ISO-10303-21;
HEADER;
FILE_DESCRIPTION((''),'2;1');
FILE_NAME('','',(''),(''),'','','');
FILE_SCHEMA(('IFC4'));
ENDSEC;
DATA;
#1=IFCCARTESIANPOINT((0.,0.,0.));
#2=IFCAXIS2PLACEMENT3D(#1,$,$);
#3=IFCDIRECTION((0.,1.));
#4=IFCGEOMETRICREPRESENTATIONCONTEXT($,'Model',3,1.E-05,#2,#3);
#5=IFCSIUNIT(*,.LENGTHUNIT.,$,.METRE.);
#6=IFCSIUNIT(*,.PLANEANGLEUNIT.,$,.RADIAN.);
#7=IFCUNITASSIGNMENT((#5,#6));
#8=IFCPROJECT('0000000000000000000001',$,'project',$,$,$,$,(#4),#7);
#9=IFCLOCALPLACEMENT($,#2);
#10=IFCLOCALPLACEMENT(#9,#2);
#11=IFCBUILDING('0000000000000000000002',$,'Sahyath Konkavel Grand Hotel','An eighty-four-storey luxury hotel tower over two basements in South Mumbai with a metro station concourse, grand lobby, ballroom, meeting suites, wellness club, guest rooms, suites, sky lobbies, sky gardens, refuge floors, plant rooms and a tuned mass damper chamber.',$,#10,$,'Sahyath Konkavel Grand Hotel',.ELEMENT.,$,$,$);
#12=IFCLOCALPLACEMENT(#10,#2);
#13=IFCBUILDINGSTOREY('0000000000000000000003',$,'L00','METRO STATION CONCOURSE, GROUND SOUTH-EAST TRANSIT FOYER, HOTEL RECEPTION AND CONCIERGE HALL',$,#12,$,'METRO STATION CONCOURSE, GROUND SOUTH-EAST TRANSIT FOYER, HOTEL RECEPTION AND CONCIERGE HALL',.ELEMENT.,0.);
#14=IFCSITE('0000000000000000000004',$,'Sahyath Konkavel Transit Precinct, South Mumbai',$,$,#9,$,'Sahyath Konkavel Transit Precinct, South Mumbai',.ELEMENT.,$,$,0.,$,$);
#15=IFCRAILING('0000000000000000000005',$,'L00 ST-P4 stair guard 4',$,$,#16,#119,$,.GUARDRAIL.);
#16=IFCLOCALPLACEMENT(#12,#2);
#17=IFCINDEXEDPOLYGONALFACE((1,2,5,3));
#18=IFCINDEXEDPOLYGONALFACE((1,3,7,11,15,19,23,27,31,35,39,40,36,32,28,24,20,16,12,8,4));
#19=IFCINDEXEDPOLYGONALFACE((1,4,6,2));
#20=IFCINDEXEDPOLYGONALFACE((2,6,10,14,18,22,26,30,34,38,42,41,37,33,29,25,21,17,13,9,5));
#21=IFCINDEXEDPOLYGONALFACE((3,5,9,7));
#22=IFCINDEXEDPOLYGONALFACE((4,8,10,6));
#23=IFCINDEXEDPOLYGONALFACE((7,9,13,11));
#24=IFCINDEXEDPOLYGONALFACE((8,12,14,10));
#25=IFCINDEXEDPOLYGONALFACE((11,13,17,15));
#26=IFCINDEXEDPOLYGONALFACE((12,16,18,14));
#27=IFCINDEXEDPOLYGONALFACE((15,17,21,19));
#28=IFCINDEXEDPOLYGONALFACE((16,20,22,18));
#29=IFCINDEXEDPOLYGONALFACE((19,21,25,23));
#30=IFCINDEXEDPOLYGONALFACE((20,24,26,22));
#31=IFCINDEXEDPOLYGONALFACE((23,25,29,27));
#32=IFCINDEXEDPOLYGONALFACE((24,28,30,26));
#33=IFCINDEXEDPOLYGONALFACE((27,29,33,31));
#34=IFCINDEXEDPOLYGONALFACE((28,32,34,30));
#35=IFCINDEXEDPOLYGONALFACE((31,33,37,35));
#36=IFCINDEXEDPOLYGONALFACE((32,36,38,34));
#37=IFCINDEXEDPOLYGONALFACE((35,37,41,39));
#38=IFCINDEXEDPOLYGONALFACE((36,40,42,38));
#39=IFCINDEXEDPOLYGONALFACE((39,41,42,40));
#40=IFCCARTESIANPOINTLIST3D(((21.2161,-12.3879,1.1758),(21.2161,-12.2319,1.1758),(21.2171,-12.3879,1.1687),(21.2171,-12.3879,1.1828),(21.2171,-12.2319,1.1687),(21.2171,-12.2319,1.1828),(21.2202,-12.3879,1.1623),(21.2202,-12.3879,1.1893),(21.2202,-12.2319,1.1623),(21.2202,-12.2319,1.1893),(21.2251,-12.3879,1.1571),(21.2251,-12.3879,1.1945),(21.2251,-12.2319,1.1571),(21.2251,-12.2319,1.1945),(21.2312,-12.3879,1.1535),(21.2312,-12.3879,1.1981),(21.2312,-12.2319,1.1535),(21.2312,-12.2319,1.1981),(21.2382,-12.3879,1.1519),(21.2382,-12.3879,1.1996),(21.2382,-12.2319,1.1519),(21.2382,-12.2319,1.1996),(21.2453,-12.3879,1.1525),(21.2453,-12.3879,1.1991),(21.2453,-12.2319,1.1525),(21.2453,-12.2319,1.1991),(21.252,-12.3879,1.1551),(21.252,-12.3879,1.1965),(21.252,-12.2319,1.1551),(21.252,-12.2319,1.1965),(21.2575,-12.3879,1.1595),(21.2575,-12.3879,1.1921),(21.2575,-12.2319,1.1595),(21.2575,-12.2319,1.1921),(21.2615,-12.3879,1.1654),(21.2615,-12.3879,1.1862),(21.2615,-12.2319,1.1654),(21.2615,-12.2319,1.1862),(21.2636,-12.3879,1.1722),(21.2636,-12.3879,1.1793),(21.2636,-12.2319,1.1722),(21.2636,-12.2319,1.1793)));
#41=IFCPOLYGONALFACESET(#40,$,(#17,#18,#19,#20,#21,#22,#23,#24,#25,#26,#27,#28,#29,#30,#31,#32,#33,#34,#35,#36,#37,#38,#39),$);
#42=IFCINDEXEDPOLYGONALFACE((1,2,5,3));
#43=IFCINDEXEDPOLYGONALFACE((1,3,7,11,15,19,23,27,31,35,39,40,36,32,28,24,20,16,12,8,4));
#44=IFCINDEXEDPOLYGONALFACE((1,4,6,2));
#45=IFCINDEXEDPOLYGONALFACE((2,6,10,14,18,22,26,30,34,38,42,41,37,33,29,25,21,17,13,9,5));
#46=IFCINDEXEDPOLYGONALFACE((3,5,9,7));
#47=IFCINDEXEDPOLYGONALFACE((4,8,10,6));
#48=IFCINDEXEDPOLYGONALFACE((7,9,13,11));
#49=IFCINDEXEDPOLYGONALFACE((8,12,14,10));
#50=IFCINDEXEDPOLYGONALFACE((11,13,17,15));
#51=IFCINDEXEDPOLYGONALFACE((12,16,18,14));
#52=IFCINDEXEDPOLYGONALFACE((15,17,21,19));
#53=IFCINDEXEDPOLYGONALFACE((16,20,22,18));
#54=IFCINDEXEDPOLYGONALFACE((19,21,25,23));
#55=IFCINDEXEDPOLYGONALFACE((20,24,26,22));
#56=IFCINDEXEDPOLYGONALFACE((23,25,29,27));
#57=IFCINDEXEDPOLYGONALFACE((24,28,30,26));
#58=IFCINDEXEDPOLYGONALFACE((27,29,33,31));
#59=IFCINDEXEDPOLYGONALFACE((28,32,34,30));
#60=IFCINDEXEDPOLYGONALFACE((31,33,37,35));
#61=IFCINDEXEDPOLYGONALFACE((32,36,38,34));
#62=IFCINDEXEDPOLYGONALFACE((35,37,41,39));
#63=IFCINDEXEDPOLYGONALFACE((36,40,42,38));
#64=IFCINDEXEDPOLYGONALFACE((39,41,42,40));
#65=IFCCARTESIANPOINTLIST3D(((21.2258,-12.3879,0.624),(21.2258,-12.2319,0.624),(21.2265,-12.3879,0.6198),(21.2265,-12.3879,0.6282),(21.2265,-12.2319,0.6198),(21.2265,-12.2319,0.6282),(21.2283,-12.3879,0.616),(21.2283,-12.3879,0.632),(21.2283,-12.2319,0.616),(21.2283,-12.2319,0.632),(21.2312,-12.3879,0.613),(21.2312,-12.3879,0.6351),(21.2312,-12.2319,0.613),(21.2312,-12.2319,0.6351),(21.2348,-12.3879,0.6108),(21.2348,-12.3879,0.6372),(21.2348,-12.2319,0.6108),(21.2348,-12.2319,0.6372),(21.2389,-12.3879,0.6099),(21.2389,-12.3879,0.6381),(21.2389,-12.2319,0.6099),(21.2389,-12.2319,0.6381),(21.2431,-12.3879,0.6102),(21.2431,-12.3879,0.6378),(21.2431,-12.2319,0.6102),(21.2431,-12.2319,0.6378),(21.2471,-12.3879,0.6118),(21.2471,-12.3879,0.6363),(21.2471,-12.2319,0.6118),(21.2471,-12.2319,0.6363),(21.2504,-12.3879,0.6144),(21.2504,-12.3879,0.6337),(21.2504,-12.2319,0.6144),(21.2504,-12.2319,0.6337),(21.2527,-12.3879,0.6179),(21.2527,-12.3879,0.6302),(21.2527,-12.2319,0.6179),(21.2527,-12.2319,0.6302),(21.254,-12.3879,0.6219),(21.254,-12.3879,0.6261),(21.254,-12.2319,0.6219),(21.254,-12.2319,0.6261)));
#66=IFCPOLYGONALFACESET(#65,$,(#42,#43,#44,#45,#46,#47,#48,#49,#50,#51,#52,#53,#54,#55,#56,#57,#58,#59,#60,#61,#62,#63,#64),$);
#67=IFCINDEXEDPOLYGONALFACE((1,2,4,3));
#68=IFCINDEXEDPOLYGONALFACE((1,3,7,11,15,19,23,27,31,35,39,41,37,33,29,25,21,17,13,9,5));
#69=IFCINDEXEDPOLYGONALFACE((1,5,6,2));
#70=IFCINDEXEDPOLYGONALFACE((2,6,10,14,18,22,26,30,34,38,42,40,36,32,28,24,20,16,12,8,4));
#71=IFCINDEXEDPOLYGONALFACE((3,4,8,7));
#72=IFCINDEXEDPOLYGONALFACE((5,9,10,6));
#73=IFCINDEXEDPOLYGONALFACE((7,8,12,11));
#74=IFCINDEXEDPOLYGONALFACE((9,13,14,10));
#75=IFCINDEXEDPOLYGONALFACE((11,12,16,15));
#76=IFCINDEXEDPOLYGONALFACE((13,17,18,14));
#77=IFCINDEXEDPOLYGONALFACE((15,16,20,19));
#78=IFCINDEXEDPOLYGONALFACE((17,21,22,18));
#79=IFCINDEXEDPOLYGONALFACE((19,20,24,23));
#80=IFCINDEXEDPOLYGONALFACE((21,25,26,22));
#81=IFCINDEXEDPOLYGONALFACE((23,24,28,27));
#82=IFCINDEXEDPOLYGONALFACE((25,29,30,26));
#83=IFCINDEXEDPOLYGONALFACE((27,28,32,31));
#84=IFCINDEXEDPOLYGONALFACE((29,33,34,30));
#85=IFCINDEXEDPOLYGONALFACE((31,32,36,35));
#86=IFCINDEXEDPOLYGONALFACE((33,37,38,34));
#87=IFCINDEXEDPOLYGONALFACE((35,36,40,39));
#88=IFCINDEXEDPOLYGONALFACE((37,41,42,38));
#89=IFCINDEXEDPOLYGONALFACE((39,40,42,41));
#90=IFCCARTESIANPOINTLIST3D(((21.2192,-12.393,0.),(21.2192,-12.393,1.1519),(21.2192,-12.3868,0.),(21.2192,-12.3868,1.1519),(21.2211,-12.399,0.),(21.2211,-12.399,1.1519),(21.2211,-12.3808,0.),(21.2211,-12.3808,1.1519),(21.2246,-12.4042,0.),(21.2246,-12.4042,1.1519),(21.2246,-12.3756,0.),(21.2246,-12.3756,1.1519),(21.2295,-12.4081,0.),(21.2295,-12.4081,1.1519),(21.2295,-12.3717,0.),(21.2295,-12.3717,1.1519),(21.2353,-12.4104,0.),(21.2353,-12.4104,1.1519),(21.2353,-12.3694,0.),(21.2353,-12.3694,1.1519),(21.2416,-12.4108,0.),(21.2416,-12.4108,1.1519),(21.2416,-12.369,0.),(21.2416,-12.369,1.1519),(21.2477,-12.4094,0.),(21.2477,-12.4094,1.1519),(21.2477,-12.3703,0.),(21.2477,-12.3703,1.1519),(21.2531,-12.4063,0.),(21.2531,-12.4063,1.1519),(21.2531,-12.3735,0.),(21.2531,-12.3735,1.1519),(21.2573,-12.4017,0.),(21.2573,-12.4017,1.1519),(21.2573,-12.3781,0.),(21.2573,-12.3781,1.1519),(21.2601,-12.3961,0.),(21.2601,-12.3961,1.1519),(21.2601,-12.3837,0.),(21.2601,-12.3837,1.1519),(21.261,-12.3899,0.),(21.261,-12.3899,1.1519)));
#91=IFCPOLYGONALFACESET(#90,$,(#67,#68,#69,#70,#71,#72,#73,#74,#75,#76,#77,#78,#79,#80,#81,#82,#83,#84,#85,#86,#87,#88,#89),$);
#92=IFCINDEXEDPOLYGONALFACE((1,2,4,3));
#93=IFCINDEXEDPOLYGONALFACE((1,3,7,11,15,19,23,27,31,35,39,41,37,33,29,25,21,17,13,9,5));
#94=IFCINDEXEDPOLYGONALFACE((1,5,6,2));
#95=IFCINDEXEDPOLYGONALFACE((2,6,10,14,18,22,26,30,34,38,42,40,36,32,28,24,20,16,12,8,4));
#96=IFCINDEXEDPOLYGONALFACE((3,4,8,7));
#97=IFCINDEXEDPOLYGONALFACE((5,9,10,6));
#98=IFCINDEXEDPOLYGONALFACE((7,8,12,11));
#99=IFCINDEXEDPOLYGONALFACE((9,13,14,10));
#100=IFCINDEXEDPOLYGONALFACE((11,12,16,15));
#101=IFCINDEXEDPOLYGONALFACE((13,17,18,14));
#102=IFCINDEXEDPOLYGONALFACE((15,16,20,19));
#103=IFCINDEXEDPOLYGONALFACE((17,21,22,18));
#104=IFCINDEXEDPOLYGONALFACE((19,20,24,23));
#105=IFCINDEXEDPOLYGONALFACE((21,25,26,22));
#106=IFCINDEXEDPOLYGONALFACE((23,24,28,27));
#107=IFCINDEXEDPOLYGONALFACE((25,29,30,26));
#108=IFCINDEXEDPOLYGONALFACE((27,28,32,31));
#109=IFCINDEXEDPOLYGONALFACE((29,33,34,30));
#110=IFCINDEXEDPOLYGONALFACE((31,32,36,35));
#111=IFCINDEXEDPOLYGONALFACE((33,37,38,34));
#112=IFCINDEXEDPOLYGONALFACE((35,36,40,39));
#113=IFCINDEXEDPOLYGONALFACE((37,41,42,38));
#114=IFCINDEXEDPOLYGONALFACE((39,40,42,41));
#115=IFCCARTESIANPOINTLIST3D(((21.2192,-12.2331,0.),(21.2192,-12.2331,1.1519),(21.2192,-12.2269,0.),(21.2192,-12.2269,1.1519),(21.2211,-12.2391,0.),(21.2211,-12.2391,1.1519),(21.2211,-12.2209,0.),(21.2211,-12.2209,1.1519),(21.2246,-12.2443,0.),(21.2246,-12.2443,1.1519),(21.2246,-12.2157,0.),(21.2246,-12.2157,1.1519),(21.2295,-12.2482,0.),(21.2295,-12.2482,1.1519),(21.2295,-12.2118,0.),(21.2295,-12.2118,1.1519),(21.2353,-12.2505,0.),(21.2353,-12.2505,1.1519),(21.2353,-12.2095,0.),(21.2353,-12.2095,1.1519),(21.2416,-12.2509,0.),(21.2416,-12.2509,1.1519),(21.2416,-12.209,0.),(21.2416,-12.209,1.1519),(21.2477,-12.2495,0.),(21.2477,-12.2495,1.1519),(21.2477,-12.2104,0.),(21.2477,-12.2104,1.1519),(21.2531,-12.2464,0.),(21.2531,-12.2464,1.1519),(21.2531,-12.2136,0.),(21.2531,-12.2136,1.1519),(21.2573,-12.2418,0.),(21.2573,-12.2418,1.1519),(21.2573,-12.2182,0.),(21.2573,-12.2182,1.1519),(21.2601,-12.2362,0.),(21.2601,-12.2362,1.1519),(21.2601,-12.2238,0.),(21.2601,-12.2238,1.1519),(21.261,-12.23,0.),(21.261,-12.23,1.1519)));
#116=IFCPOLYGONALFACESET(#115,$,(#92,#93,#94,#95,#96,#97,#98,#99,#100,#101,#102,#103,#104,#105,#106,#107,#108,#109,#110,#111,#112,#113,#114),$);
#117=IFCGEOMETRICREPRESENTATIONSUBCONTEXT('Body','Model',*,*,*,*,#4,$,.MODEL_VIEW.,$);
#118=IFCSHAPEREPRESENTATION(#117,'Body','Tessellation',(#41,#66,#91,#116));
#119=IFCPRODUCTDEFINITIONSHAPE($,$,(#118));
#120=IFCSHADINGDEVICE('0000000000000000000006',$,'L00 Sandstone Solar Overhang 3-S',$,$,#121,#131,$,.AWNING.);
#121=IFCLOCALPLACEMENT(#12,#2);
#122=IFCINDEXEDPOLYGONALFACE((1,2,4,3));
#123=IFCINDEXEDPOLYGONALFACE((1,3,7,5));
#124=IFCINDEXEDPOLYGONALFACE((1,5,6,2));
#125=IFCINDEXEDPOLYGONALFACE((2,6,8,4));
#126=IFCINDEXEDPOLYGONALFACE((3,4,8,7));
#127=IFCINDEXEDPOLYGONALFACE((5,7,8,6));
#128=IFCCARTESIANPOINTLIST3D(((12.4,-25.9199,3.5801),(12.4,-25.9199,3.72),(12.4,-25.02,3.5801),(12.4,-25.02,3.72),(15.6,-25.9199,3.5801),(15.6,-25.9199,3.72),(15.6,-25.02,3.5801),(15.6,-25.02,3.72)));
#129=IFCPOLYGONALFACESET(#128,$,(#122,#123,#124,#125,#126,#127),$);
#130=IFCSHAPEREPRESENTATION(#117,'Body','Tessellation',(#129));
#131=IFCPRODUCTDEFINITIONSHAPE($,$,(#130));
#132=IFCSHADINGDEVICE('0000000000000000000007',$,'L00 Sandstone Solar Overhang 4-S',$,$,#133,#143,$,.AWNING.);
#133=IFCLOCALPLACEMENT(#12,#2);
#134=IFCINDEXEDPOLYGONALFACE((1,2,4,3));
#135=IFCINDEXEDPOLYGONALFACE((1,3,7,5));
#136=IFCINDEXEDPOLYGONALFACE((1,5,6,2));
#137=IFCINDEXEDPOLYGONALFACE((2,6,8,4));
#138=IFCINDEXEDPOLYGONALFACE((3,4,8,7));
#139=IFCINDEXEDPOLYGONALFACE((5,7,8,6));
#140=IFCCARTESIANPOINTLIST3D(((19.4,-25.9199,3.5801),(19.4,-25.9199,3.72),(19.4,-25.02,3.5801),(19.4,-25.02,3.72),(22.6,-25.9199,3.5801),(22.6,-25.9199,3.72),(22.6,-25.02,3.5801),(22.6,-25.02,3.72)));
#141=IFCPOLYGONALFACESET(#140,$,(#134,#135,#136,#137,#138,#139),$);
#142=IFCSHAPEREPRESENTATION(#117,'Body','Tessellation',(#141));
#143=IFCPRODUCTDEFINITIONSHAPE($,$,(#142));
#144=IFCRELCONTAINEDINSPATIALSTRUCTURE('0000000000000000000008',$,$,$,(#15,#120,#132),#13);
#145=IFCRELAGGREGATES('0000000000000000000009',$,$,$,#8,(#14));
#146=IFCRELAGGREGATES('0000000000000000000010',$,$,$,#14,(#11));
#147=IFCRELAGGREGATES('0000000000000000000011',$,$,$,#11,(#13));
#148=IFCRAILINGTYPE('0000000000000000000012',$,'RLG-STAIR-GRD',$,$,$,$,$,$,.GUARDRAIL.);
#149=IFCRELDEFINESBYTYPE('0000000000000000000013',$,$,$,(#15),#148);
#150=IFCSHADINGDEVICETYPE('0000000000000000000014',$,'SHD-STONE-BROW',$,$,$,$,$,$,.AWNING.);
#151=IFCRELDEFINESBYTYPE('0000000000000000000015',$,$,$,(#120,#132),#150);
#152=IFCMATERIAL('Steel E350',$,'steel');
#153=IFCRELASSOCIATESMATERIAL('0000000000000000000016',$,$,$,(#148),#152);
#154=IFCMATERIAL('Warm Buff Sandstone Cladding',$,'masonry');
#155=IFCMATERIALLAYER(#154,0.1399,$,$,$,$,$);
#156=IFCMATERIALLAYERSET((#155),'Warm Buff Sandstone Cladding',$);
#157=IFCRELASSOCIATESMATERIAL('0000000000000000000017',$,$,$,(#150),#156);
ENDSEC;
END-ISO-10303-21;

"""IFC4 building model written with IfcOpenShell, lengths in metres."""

from ifc_helpers import new_model, si_unit, direction, frame, origin, origin_2d, place, context, subcontext, project, spatial, rectangle, circle, extrude, source, transform, mapped, material, layer, layer_set, type_object, element, save


model = new_model("IFC4")

# Units and contexts
model_context = context("Model", 3, precision=1e-05, world=origin(), true_north=direction((0.0, 1.0)))
body_context = subcontext(model_context, "Body", "Model", "MODEL_VIEW")
ifc_project = project(units=[si_unit("LENGTHUNIT", "METRE"), si_unit("PLANEANGLEUNIT", "RADIAN")], contexts=[model_context])

# Site, building, storey
site_placement = place(None, origin())
site = spatial("IfcSite", under=ifc_project, at=site_placement, Name="Sahyath Konkavel Transit Precinct, South Mumbai", LongName="Sahyath Konkavel Transit Precinct, South Mumbai", CompositionType="ELEMENT", RefElevation=0.0)
building_placement = place(site_placement, origin())
building = spatial("IfcBuilding", under=site, at=building_placement, Name="Sahyath Konkavel Grand Hotel", Description="An eighty-four-storey luxury hotel tower over two basements in South Mumbai with a metro station concourse, grand lobby, ballroom, meeting suites, wellness club, guest rooms, suites, sky lobbies, sky gardens, refuge floors, plant rooms and a tuned mass damper chamber.", LongName="Sahyath Konkavel Grand Hotel", CompositionType="ELEMENT")
storey_placement = place(building_placement, origin())
storey = spatial("IfcBuildingStorey", under=building, at=storey_placement, Name="L00", Description="METRO STATION CONCOURSE, GROUND SOUTH-EAST TRANSIT FOYER, HOTEL RECEPTION AND CONCIERGE HALL", LongName="METRO STATION CONCOURSE, GROUND SOUTH-EAST TRANSIT FOYER, HOTEL RECEPTION AND CONCIERGE HALL", CompositionType="ELEMENT", Elevation=0.0)

# Shared definitions
ifc_material_1 = material(Name="Steel E350", Category="steel")

# Railing
railing_type = type_object("IfcRailingType", Name="RLG-STAIR-GRD", PredefinedType="GUARDRAIL", material=ifc_material_1)
railing_placement = place(storey_placement, frame((21.24, -12.3899, 0.0)))
element("IfcRailing", 1, at=railing_placement, inside=storey, type_object=railing_type, Name="L00 ST-P4 stair guard 4", PredefinedType="GUARDRAIL", context=body_context, shape_type="SweptSolid", body=[
    extrude(circle(Radius=0.0239, at=origin_2d()), frame((0.0, 0.002, 1.1758), z_axis=(0.0, 1.0, 0.0), x_axis=(-1.0, 0.0, 0.0)), (0.0, 0.0, 1.0), 0.156),
    extrude(circle(Radius=0.0142, at=origin_2d()), frame((0.0, 0.002, 0.624), z_axis=(0.0, 1.0, 0.0), x_axis=(-1.0, 0.0, 0.0)), (0.0, 0.0, 1.0), 0.156),
    extrude(circle(Radius=0.021, at=origin_2d()), origin(), (0.0, 0.0, 1.0), 1.1519),
    extrude(circle(Radius=0.021, at=origin_2d()), frame((0.0, 0.1599, 0.0)), (0.0, 0.0, 1.0), 1.1519),
])

# Shading devices
ifc_material_2 = material(Name="Warm Buff Sandstone Cladding", Category="masonry")
ifc_layer_1 = layer(ifc_material_2, 0.1399)
ifc_layer_set_1 = layer_set([ifc_layer_1], Name="Warm Buff Sandstone Cladding")
shading_device_type = type_object("IfcShadingDeviceType", Name="SHD-STONE-BROW", PredefinedType="AWNING", material=ifc_layer_set_1)
shared_shape_1 = source(origin(), body_context, "Body", "SweptSolid", [
    extrude(rectangle(XDim=3.2, YDim=0.8999, at=origin_2d()), origin(), (0.0, 0.0, 1.0), 0.1399),
])
for number, where, z_axis, x_axis, name in (
    (2, (14.0, -25.47, 3.5801), (0.0, 0.0, 1.0), (1.0, 0.0, 0.0), "L00 Sandstone Solar Overhang 3-S"),
    (3, (21.0, -25.47, 3.5801), (0.0, 0.0, 1.0), (1.0, 0.0, 0.0), "L00 Sandstone Solar Overhang 4-S"),
):
    element("IfcShadingDevice", number, at=place(storey_placement, frame(where, z_axis=z_axis, x_axis=x_axis)), inside=storey, type_object=shading_device_type, Name=name, PredefinedType="AWNING", context=body_context, shape_type="MappedRepresentation", body=[
        mapped(shared_shape_1, transform((0.0, 0.0, 0.0), scale=1.0)),
    ])

save(model, "model.ifc")
